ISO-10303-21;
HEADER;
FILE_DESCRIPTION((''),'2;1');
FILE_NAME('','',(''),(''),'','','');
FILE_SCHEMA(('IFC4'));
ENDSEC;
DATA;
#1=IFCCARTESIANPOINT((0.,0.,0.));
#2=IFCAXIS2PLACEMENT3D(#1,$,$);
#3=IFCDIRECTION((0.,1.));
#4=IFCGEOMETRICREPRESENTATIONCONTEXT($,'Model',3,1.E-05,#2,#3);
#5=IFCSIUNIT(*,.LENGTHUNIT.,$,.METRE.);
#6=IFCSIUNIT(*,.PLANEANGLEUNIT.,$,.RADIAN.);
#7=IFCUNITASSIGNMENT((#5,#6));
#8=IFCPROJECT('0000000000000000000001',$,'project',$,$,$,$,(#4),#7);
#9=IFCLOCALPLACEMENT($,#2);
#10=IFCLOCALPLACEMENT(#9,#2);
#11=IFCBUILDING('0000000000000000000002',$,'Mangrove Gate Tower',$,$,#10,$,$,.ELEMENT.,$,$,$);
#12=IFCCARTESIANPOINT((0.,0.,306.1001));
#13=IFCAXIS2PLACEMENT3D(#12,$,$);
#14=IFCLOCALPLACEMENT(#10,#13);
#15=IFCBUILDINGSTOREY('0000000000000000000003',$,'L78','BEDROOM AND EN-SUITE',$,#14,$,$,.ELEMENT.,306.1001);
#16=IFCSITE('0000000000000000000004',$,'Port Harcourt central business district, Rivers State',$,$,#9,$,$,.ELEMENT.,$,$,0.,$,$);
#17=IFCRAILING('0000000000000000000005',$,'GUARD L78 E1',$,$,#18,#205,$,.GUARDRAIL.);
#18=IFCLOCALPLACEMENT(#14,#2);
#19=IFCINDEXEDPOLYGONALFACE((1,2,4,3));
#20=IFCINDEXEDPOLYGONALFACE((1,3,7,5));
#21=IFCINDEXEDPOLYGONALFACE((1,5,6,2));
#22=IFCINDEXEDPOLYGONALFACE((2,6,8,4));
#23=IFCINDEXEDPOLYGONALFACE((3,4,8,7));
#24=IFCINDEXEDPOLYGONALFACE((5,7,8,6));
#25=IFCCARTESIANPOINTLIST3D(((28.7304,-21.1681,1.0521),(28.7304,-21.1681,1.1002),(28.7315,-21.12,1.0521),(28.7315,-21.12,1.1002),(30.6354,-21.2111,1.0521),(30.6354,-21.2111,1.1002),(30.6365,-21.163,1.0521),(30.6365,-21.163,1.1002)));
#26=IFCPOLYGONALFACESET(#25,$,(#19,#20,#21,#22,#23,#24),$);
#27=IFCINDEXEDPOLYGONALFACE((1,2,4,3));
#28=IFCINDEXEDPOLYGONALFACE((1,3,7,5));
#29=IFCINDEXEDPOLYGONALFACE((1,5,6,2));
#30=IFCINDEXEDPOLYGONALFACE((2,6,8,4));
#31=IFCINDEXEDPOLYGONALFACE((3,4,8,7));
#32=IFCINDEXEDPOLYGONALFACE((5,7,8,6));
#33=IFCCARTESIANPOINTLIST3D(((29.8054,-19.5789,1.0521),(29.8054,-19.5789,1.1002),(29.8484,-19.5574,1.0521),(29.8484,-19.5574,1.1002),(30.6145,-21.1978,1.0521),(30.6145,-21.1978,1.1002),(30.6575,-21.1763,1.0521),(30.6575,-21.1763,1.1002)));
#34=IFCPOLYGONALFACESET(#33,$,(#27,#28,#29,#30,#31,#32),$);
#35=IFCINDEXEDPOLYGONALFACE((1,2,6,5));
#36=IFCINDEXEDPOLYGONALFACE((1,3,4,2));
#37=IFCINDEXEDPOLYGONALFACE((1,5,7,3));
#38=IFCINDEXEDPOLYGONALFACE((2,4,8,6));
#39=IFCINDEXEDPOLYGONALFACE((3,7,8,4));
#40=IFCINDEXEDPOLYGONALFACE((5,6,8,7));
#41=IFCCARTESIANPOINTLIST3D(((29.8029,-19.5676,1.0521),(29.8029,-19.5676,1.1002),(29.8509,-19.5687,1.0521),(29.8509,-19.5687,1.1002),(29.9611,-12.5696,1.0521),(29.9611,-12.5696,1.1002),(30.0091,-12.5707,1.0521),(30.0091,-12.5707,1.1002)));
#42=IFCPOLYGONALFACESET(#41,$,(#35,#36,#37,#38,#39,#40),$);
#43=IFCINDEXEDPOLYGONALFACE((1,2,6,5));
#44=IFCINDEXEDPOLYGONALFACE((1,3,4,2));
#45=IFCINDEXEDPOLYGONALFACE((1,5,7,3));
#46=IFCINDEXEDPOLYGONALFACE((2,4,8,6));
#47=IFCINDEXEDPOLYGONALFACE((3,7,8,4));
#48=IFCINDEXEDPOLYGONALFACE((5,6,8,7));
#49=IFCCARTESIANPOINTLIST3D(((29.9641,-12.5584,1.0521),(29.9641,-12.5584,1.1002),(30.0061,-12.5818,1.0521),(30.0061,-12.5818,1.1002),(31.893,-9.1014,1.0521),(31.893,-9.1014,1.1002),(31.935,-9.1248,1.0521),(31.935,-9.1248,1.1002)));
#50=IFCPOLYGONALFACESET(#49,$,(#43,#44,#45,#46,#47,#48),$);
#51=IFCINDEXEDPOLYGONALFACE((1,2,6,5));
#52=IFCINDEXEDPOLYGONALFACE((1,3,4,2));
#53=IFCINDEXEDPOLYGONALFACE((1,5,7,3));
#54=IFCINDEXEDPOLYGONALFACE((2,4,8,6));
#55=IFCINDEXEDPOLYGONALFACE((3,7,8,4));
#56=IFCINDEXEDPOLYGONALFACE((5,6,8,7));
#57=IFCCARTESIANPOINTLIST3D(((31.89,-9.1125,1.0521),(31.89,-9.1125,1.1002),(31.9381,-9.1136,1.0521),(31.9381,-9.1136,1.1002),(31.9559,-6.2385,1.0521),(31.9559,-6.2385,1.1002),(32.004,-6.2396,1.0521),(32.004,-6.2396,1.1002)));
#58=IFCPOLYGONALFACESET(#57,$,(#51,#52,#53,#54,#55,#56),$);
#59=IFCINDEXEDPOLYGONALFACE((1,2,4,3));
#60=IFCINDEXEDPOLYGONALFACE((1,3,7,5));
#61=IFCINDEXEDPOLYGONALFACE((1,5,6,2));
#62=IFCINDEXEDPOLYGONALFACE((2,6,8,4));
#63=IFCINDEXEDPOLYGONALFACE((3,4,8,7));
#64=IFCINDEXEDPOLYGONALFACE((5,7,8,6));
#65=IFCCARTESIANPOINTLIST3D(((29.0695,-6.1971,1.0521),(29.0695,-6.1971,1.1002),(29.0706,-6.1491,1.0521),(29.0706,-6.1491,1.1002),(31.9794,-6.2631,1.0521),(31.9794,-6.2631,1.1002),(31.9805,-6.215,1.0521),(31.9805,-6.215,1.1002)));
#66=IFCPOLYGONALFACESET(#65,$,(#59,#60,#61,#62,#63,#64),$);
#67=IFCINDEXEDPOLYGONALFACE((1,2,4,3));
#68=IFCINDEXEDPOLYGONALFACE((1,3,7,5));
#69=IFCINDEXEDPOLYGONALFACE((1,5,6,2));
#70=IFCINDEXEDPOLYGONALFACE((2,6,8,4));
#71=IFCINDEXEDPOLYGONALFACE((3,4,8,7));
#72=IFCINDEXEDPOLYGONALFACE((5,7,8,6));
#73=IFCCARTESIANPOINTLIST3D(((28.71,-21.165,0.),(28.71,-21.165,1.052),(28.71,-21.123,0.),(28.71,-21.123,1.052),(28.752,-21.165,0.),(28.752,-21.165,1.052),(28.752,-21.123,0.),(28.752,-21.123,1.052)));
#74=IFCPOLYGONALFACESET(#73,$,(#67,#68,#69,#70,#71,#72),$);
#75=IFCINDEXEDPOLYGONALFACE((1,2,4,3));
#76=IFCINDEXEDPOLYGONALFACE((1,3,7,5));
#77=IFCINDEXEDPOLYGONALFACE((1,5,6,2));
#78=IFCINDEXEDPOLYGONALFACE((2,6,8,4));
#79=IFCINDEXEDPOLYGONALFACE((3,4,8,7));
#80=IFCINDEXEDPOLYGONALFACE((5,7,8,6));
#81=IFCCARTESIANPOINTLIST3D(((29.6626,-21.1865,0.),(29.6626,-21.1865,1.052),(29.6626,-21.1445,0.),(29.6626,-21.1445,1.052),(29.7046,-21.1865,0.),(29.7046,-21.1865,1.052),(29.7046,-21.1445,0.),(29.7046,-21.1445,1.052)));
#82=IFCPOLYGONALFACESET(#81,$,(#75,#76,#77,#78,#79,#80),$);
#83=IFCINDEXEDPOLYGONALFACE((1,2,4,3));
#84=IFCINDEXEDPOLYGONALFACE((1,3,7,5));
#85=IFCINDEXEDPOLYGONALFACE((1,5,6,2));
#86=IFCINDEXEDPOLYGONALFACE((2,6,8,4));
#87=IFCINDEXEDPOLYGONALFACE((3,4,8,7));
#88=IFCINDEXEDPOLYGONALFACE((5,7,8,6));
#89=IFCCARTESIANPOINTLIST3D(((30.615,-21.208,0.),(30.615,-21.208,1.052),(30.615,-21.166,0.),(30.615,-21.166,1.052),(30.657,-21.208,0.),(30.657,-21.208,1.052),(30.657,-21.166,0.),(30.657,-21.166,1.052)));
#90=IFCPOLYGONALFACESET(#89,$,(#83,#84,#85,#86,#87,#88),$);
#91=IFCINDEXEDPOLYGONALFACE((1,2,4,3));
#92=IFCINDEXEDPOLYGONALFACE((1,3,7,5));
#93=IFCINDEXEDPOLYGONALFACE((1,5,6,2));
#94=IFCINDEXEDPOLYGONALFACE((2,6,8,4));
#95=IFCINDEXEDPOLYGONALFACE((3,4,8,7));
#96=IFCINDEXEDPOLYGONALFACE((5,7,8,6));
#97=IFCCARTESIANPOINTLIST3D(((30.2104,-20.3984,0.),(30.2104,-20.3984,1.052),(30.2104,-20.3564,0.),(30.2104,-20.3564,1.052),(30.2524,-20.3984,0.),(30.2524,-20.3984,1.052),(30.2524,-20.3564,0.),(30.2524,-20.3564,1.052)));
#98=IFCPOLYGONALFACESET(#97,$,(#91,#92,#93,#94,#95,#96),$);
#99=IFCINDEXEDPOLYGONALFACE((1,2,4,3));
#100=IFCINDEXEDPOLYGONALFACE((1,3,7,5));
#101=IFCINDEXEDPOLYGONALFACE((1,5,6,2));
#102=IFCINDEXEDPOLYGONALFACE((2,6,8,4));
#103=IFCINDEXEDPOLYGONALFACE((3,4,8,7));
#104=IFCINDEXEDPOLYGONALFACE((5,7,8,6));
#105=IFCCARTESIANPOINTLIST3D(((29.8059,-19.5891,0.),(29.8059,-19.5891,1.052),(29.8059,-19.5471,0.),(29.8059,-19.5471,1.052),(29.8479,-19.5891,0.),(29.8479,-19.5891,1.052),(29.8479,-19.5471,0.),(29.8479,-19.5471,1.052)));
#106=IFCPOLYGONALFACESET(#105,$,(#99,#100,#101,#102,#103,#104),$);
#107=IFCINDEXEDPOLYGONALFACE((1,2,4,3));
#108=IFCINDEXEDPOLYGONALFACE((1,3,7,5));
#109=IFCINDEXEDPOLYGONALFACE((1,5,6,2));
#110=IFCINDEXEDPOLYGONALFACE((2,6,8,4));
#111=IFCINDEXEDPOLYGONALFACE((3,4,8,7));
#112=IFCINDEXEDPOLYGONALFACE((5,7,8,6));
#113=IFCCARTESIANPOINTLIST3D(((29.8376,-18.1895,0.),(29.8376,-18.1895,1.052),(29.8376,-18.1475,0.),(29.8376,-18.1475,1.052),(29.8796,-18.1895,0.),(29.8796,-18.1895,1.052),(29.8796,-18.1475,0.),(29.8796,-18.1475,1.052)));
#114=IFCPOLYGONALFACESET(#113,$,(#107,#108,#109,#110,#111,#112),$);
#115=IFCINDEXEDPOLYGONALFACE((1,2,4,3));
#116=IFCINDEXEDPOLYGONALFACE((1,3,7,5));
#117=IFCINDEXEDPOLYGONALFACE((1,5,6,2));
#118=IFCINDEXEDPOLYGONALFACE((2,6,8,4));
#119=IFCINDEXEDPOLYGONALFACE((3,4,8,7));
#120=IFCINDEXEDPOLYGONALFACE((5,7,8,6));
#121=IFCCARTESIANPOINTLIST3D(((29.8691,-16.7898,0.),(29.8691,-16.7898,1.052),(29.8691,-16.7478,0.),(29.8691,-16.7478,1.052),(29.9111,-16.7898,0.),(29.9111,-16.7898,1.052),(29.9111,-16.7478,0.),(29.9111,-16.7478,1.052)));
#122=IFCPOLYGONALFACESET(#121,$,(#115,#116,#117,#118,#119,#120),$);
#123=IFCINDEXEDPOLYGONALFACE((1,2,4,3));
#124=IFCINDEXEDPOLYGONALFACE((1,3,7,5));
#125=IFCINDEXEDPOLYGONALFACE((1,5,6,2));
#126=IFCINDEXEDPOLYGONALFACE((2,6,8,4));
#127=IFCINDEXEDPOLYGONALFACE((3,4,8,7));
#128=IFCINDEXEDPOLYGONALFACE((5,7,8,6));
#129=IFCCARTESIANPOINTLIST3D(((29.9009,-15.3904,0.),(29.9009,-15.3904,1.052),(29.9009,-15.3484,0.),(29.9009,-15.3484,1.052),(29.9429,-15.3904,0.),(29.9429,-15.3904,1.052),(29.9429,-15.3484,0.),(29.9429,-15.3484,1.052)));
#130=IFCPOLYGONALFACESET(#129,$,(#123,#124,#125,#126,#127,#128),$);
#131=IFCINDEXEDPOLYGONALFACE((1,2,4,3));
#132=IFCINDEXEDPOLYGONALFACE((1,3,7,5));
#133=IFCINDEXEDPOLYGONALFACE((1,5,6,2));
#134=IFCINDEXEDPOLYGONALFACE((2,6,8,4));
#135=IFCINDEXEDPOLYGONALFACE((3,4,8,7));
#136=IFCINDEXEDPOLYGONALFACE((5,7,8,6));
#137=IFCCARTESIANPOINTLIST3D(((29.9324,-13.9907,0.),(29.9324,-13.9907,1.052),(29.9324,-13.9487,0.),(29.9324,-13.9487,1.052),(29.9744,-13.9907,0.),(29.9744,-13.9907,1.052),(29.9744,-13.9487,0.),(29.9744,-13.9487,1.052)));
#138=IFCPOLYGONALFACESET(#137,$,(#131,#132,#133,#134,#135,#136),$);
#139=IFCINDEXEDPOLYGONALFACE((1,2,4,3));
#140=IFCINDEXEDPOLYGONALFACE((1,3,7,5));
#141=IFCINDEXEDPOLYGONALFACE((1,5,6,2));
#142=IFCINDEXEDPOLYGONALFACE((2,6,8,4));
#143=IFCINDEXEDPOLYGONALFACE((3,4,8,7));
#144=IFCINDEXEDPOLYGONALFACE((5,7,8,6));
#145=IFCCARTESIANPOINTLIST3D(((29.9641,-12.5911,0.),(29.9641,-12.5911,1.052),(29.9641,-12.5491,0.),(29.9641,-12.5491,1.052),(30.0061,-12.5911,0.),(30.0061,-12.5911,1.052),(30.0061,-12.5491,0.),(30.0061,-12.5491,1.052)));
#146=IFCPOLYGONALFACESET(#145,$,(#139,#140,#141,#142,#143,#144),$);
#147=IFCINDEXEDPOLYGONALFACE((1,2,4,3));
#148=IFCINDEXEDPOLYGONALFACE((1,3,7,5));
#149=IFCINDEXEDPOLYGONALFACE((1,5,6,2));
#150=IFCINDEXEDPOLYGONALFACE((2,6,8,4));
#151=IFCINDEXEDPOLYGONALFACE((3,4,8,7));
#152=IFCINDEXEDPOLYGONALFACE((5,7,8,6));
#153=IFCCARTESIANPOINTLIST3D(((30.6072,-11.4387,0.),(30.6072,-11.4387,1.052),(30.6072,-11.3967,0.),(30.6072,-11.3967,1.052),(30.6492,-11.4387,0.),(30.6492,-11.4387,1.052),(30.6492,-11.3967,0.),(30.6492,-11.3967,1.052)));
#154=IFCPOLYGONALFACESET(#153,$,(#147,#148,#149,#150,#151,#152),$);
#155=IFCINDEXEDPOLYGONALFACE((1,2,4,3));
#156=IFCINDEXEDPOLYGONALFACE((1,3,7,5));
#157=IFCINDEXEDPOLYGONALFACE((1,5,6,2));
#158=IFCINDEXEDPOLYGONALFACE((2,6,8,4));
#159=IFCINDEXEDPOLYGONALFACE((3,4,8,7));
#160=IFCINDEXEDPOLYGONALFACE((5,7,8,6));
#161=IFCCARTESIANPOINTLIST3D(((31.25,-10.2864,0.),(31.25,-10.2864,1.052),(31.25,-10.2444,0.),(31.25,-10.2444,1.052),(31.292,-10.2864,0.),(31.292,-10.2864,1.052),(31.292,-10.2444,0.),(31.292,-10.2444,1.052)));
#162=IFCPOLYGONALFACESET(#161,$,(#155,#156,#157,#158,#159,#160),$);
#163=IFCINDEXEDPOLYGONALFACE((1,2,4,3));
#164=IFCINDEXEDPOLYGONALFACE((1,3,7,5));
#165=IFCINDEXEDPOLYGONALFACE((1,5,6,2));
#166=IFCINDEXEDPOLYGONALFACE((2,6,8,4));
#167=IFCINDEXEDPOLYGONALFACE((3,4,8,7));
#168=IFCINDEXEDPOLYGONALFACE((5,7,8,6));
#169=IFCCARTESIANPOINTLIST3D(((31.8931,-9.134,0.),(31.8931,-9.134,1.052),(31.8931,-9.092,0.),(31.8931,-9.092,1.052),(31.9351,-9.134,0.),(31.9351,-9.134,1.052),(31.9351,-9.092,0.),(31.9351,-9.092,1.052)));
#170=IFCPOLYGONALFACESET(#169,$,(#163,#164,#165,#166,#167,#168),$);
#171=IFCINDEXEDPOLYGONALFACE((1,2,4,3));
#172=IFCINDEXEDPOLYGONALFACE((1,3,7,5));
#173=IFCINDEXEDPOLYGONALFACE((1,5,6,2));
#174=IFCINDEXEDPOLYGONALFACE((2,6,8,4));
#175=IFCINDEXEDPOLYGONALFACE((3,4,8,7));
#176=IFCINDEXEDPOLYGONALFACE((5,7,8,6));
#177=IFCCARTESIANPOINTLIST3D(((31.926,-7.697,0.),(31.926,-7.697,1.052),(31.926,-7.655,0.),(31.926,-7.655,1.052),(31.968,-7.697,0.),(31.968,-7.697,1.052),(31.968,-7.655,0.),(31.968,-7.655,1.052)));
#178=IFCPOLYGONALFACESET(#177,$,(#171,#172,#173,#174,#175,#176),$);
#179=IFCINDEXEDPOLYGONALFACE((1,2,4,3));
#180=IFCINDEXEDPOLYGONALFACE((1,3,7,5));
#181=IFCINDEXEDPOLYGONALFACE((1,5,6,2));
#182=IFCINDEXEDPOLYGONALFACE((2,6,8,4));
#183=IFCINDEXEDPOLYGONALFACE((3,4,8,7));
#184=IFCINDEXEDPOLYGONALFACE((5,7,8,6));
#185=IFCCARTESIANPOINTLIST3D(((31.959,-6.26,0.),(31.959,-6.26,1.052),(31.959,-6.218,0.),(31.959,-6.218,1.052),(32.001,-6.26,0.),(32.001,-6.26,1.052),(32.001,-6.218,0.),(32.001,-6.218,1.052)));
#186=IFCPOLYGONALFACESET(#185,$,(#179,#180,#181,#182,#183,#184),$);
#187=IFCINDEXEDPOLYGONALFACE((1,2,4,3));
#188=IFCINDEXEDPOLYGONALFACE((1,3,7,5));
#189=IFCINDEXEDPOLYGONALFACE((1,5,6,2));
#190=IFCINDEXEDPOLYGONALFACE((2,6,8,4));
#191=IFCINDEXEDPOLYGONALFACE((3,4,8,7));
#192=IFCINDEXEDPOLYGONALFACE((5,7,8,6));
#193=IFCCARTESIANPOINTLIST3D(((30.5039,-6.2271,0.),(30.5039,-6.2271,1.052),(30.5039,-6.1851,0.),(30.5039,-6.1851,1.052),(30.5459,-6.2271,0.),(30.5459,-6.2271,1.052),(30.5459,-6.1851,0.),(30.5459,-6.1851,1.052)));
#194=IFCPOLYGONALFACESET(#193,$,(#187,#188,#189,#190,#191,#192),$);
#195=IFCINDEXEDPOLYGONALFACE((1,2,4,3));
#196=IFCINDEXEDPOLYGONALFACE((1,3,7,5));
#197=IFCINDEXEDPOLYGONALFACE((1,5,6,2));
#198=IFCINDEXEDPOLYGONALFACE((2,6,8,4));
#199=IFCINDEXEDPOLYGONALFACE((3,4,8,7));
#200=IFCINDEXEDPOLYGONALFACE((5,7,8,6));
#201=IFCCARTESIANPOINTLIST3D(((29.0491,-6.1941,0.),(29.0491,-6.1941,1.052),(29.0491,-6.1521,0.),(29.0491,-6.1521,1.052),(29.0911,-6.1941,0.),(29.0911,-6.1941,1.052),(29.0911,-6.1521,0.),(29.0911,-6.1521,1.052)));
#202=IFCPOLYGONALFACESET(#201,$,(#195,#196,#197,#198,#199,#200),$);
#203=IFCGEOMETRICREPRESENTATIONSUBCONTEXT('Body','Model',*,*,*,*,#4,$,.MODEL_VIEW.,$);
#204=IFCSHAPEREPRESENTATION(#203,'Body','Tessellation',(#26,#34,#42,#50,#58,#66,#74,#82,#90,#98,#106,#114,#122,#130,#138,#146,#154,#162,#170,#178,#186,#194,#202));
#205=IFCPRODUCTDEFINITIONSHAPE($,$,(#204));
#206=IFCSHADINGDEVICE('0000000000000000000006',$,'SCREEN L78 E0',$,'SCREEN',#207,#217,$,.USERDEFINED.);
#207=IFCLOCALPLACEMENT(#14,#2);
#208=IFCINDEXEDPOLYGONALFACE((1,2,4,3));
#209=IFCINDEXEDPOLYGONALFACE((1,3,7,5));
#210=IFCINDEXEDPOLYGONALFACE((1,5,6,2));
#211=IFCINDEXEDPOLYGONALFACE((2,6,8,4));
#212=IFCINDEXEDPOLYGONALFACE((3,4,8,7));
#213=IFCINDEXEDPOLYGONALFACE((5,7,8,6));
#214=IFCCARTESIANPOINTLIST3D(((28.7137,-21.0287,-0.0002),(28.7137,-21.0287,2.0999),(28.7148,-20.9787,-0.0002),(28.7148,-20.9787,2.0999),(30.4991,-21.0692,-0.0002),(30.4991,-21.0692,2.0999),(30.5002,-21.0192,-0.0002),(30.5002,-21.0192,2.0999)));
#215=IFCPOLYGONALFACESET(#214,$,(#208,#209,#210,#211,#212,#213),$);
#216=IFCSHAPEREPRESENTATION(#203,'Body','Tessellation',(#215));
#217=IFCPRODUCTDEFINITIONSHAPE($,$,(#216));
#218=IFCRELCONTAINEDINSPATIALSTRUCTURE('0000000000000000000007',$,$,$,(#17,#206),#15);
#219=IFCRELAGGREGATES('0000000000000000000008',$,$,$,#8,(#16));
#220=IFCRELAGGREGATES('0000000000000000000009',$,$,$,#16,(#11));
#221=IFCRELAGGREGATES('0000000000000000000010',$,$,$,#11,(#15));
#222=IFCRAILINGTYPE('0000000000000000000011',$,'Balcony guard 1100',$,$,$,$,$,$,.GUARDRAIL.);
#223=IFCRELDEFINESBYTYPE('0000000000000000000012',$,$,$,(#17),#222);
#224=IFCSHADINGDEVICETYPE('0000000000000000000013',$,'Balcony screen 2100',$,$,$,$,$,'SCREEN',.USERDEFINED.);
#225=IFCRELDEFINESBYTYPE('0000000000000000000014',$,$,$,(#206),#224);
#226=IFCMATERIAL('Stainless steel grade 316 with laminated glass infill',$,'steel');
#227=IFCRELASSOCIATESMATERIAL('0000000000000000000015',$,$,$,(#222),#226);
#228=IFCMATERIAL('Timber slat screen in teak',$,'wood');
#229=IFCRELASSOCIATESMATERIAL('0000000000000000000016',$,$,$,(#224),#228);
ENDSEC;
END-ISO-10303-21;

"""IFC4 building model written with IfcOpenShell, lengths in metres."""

from ifc_helpers import new_model, si_unit, direction, frame, origin, origin_2d, place, context, subcontext, project, spatial, rectangle, extrude, material, type_object, element, save


model = new_model("IFC4")

# Units and contexts
model_context = context("Model", 3, precision=1e-05, world=origin(), true_north=direction((0.0, 1.0)))
body_context = subcontext(model_context, "Body", "Model", "MODEL_VIEW")
ifc_project = project(units=[si_unit("LENGTHUNIT", "METRE"), si_unit("PLANEANGLEUNIT", "RADIAN")], contexts=[model_context])

# Site, building, storey
site_placement = place(None, origin())
site = spatial("IfcSite", under=ifc_project, at=site_placement, Name="Port Harcourt central business district, Rivers State", CompositionType="ELEMENT", RefElevation=0.0)
building_placement = place(site_placement, origin())
building = spatial("IfcBuilding", under=site, at=building_placement, Name="Mangrove Gate Tower", CompositionType="ELEMENT")
storey_placement = place(building_placement, frame((0.0, 0.0, 306.1001)))
storey = spatial("IfcBuildingStorey", under=building, at=storey_placement, Name="L78", Description="BEDROOM AND EN-SUITE", CompositionType="ELEMENT", Elevation=306.1001)

# Railing
ifc_material_1 = material(Name="Stainless steel grade 316 with laminated glass infill", Category="steel")
railing_type = type_object("IfcRailingType", Name="Balcony guard 1100", PredefinedType="GUARDRAIL", material=ifc_material_1)
railing_placement = place(storey_placement, frame((28.731, -21.144, 0.0)))
element("IfcRailing", 1, at=railing_placement, inside=storey, type_object=railing_type, Name="GUARD L78 E1", PredefinedType="GUARDRAIL", context=body_context, shape_type="SweptSolid", body=[
    extrude(rectangle(XDim=0.0481, YDim=0.0481, at=origin_2d()), frame((0.0, 0.0, 1.0762), z_axis=(0.999746, -0.02255, 0.0), x_axis=(0.02255, 0.999746, 0.0)), (0.0, 0.0, 1.0), 1.9055),
    extrude(rectangle(XDim=0.0481, YDim=0.0481, at=origin_2d()), frame((1.905, -0.043, 1.0762), z_axis=(-0.447052, 0.894508, 0.0), x_axis=(-0.894508, -0.447052, 0.0)), (0.0, 0.0, 1.0), 1.8098),
    extrude(rectangle(XDim=0.0481, YDim=0.0481, at=origin_2d()), frame((1.0959, 1.5759, 1.0762), z_axis=(0.022601, 0.999745, 0.0), x_axis=(-0.999745, 0.022601, 0.0)), (0.0, 0.0, 1.0), 6.9998),
    extrude(rectangle(XDim=0.0481, YDim=0.0481, at=origin_2d()), frame((1.2542, 8.574, 1.0762), z_axis=(0.48726, 0.873257, 0.0), x_axis=(-0.873257, 0.48726, 0.0)), (0.0, 0.0, 1.0), 3.9587),
    extrude(rectangle(XDim=0.0481, YDim=0.0481, at=origin_2d()), frame((3.1831, 12.031, 1.0762), z_axis=(0.02293, 0.999737, 0.0), x_axis=(-0.999737, 0.02293, 0.0)), (0.0, 0.0, 1.0), 2.8748),
    extrude(rectangle(XDim=0.0481, YDim=0.0481, at=origin_2d()), frame((3.249, 14.905, 1.0762), z_axis=(-0.999744, 0.022647, 0.0), x_axis=(-0.022647, -0.999744, 0.0)), (0.0, 0.0, 1.0), 2.9106),
    extrude(rectangle(XDim=0.042, YDim=0.042, at=origin_2d()), origin(), (0.0, 0.0, 1.0), 1.052),
    extrude(rectangle(XDim=0.042, YDim=0.042, at=origin_2d()), frame((0.9526, -0.0215, 0.0)), (0.0, 0.0, 1.0), 1.052),
    extrude(rectangle(XDim=0.042, YDim=0.042, at=origin_2d()), frame((1.905, -0.043, 0.0)), (0.0, 0.0, 1.0), 1.052),
    extrude(rectangle(XDim=0.042, YDim=0.042, at=origin_2d()), frame((1.5005, 0.7666, 0.0)), (0.0, 0.0, 1.0), 1.052),
    extrude(rectangle(XDim=0.042, YDim=0.042, at=origin_2d()), frame((1.0959, 1.5759, 0.0)), (0.0, 0.0, 1.0), 1.052),
    extrude(rectangle(XDim=0.042, YDim=0.042, at=origin_2d()), frame((1.1277, 2.9756, 0.0)), (0.0, 0.0, 1.0), 1.052),
    extrude(rectangle(XDim=0.042, YDim=0.042, at=origin_2d()), frame((1.1592, 4.3752, 0.0)), (0.0, 0.0, 1.0), 1.052),
    extrude(rectangle(XDim=0.042, YDim=0.042, at=origin_2d()), frame((1.1909, 5.7747, 0.0)), (0.0, 0.0, 1.0), 1.052),
    extrude(rectangle(XDim=0.042, YDim=0.042, at=origin_2d()), frame((1.2224, 7.1743, 0.0)), (0.0, 0.0, 1.0), 1.052),
    extrude(rectangle(XDim=0.042, YDim=0.042, at=origin_2d()), frame((1.2542, 8.574, 0.0)), (0.0, 0.0, 1.0), 1.052),
    extrude(rectangle(XDim=0.042, YDim=0.042, at=origin_2d()), frame((1.8972, 9.7263, 0.0)), (0.0, 0.0, 1.0), 1.052),
    extrude(rectangle(XDim=0.042, YDim=0.042, at=origin_2d()), frame((2.54, 10.8787, 0.0)), (0.0, 0.0, 1.0), 1.052),
    extrude(rectangle(XDim=0.042, YDim=0.042, at=origin_2d()), frame((3.1831, 12.031, 0.0)), (0.0, 0.0, 1.0), 1.052),
    extrude(rectangle(XDim=0.042, YDim=0.042, at=origin_2d()), frame((3.2161, 13.468, 0.0)), (0.0, 0.0, 1.0), 1.052),
    extrude(rectangle(XDim=0.042, YDim=0.042, at=origin_2d()), frame((3.249, 14.905, 0.0)), (0.0, 0.0, 1.0), 1.052),
    extrude(rectangle(XDim=0.042, YDim=0.042, at=origin_2d()), frame((1.7939, 14.938, 0.0)), (0.0, 0.0, 1.0), 1.052),
    extrude(rectangle(XDim=0.042, YDim=0.042, at=origin_2d()), frame((0.3391, 14.9709, 0.0)), (0.0, 0.0, 1.0), 1.052),
])

# Shading device
ifc_material_2 = material(Name="Timber slat screen in teak", Category="wood")
shading_device_type = type_object("IfcShadingDeviceType", Name="Balcony screen 2100", ElementType="SCREEN", PredefinedType="USERDEFINED", material=ifc_material_2)
shading_device_placement = place(storey_placement, frame((29.6069, -21.0239, -0.0002), z_axis=(0.0, 0.0, 1.0), x_axis=(0.999743, -0.02267, 0.0)))
element("IfcShadingDevice", 2, at=shading_device_placement, inside=storey, type_object=shading_device_type, Name="SCREEN L78 E0", ObjectType="SCREEN", PredefinedType="USERDEFINED", context=body_context, shape_type="SweptSolid", body=[
    extrude(rectangle(XDim=1.7859, YDim=0.05, at=origin_2d()), origin(), (0.0, 0.0, 1.0), 2.1001),
])

save(model, "model.ifc")
